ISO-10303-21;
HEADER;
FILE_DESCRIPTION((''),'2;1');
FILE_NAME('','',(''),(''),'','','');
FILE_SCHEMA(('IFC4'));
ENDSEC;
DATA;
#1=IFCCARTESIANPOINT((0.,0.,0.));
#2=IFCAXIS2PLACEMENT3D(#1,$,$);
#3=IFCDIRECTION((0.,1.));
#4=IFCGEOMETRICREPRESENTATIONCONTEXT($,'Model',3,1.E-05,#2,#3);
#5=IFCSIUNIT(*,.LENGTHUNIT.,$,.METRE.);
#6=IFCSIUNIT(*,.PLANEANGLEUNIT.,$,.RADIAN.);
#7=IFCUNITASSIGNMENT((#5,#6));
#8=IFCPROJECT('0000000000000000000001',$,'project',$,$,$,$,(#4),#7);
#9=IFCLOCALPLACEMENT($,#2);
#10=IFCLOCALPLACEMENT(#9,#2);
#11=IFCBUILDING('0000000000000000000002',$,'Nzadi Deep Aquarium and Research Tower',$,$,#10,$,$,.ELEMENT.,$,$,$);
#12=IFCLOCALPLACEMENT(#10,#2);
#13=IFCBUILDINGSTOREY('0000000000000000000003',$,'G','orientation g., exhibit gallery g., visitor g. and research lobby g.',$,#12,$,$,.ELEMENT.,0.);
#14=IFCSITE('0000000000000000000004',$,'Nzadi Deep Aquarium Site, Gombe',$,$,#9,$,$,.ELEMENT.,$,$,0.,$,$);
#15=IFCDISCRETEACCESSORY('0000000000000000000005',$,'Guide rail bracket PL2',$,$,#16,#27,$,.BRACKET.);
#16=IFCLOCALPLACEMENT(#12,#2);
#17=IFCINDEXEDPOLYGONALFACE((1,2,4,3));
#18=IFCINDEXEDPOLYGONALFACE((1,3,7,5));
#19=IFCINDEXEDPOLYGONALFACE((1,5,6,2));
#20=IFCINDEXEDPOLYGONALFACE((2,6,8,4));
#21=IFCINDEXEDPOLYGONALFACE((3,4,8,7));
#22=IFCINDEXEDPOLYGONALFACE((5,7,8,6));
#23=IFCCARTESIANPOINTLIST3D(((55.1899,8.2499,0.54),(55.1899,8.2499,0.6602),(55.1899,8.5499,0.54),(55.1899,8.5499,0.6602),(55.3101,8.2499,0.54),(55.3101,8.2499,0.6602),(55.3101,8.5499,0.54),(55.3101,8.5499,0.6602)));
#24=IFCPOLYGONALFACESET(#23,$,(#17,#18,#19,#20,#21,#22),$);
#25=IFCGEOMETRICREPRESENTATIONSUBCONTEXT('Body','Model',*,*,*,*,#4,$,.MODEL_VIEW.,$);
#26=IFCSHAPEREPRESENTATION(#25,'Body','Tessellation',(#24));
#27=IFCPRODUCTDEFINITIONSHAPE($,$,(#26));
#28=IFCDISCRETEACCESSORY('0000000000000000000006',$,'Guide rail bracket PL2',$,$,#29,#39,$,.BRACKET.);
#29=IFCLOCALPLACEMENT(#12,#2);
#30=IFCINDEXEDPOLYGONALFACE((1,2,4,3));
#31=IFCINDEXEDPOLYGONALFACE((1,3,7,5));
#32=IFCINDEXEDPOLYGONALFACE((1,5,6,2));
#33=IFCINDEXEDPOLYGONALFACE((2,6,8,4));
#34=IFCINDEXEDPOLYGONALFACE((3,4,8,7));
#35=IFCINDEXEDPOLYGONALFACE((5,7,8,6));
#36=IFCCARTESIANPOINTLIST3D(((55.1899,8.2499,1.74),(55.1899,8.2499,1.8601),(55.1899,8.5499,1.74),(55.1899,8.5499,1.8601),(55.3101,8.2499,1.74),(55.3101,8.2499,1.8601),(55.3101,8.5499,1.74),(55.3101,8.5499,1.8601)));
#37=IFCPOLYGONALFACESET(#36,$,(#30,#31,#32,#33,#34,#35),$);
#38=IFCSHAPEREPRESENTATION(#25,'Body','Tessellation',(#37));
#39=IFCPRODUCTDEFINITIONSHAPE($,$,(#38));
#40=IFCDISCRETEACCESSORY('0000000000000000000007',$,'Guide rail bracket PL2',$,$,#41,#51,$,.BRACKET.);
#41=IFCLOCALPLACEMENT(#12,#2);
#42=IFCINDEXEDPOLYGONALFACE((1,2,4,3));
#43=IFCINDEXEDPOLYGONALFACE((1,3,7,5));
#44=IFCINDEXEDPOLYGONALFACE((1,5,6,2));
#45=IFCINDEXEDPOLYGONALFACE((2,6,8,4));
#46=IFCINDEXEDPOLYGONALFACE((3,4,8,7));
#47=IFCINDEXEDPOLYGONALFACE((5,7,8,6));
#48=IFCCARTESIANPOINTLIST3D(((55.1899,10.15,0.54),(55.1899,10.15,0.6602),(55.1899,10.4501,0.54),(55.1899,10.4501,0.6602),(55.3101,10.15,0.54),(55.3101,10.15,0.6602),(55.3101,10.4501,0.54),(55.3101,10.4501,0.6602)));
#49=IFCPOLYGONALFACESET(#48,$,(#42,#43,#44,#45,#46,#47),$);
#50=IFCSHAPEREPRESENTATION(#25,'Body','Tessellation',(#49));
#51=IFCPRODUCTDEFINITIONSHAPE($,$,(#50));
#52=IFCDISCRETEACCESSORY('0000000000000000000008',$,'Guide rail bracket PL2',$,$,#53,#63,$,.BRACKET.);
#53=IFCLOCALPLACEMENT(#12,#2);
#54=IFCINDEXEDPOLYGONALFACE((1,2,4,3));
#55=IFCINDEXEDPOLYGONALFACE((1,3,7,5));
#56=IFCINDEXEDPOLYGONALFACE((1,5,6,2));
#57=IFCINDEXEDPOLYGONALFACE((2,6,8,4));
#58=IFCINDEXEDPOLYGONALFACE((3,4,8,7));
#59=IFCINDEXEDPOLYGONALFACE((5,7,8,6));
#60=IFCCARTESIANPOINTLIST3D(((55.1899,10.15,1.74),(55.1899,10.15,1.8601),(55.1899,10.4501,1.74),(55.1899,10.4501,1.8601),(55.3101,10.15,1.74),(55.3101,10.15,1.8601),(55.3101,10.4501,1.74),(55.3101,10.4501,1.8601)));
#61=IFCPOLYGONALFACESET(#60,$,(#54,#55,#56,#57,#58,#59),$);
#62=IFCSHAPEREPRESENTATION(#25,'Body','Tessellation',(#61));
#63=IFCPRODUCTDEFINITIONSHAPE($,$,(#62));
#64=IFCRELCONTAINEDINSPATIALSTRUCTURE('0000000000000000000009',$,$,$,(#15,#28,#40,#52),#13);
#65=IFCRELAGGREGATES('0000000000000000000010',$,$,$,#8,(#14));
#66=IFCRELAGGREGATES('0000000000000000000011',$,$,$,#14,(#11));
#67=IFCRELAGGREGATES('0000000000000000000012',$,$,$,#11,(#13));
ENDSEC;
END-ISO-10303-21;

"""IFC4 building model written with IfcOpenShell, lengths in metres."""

from ifc_helpers import new_model, si_unit, direction, frame, origin, origin_2d, place, context, subcontext, project, spatial, rectangle, extrude, element, save


model = new_model("IFC4")

# Units and contexts
model_context = context("Model", 3, precision=1e-05, world=origin(), true_north=direction((0.0, 1.0)))
body_context = subcontext(model_context, "Body", "Model", "MODEL_VIEW")
ifc_project = project(units=[si_unit("LENGTHUNIT", "METRE"), si_unit("PLANEANGLEUNIT", "RADIAN")], contexts=[model_context])

# Site, building, storey
site_placement = place(None, origin())
site = spatial("IfcSite", under=ifc_project, at=site_placement, Name="Nzadi Deep Aquarium Site, Gombe", CompositionType="ELEMENT", RefElevation=0.0)
building_placement = place(site_placement, origin())
building = spatial("IfcBuilding", under=site, at=building_placement, Name="Nzadi Deep Aquarium and Research Tower", CompositionType="ELEMENT")
storey_placement = place(building_placement, origin())
storey = spatial("IfcBuildingStorey", under=building, at=storey_placement, Name="G", Description="orientation g., exhibit gallery g., visitor g. and research lobby g.", CompositionType="ELEMENT", Elevation=0.0)

# Discrete accessories
for number, where, z_axis, x_axis, name in (
    (1, (55.25, 8.3999, 0.54), (0.0, 0.0, 1.0), (1.0, 0.0, 0.0), "Guide rail bracket PL2"),
    (2, (55.25, 8.3999, 1.74), (0.0, 0.0, 1.0), (1.0, 0.0, 0.0), "Guide rail bracket PL2"),
    (3, (55.25, 10.3, 0.54), (0.0, 0.0, 1.0), (1.0, 0.0, 0.0), "Guide rail bracket PL2"),
    (4, (55.25, 10.3, 1.74), (0.0, 0.0, 1.0), (1.0, 0.0, 0.0), "Guide rail bracket PL2"),
):
    element("IfcDiscreteAccessory", number, at=place(storey_placement, frame(where, z_axis=z_axis, x_axis=x_axis)), inside=storey, Name=name, PredefinedType="BRACKET", context=body_context, shape_type="SweptSolid", body=[
        extrude(rectangle(XDim=0.1201, YDim=0.3, at=origin_2d()), origin(), (0.0, 0.0, 1.0), 0.1201),
    ])

save(model, "model.ifc")
